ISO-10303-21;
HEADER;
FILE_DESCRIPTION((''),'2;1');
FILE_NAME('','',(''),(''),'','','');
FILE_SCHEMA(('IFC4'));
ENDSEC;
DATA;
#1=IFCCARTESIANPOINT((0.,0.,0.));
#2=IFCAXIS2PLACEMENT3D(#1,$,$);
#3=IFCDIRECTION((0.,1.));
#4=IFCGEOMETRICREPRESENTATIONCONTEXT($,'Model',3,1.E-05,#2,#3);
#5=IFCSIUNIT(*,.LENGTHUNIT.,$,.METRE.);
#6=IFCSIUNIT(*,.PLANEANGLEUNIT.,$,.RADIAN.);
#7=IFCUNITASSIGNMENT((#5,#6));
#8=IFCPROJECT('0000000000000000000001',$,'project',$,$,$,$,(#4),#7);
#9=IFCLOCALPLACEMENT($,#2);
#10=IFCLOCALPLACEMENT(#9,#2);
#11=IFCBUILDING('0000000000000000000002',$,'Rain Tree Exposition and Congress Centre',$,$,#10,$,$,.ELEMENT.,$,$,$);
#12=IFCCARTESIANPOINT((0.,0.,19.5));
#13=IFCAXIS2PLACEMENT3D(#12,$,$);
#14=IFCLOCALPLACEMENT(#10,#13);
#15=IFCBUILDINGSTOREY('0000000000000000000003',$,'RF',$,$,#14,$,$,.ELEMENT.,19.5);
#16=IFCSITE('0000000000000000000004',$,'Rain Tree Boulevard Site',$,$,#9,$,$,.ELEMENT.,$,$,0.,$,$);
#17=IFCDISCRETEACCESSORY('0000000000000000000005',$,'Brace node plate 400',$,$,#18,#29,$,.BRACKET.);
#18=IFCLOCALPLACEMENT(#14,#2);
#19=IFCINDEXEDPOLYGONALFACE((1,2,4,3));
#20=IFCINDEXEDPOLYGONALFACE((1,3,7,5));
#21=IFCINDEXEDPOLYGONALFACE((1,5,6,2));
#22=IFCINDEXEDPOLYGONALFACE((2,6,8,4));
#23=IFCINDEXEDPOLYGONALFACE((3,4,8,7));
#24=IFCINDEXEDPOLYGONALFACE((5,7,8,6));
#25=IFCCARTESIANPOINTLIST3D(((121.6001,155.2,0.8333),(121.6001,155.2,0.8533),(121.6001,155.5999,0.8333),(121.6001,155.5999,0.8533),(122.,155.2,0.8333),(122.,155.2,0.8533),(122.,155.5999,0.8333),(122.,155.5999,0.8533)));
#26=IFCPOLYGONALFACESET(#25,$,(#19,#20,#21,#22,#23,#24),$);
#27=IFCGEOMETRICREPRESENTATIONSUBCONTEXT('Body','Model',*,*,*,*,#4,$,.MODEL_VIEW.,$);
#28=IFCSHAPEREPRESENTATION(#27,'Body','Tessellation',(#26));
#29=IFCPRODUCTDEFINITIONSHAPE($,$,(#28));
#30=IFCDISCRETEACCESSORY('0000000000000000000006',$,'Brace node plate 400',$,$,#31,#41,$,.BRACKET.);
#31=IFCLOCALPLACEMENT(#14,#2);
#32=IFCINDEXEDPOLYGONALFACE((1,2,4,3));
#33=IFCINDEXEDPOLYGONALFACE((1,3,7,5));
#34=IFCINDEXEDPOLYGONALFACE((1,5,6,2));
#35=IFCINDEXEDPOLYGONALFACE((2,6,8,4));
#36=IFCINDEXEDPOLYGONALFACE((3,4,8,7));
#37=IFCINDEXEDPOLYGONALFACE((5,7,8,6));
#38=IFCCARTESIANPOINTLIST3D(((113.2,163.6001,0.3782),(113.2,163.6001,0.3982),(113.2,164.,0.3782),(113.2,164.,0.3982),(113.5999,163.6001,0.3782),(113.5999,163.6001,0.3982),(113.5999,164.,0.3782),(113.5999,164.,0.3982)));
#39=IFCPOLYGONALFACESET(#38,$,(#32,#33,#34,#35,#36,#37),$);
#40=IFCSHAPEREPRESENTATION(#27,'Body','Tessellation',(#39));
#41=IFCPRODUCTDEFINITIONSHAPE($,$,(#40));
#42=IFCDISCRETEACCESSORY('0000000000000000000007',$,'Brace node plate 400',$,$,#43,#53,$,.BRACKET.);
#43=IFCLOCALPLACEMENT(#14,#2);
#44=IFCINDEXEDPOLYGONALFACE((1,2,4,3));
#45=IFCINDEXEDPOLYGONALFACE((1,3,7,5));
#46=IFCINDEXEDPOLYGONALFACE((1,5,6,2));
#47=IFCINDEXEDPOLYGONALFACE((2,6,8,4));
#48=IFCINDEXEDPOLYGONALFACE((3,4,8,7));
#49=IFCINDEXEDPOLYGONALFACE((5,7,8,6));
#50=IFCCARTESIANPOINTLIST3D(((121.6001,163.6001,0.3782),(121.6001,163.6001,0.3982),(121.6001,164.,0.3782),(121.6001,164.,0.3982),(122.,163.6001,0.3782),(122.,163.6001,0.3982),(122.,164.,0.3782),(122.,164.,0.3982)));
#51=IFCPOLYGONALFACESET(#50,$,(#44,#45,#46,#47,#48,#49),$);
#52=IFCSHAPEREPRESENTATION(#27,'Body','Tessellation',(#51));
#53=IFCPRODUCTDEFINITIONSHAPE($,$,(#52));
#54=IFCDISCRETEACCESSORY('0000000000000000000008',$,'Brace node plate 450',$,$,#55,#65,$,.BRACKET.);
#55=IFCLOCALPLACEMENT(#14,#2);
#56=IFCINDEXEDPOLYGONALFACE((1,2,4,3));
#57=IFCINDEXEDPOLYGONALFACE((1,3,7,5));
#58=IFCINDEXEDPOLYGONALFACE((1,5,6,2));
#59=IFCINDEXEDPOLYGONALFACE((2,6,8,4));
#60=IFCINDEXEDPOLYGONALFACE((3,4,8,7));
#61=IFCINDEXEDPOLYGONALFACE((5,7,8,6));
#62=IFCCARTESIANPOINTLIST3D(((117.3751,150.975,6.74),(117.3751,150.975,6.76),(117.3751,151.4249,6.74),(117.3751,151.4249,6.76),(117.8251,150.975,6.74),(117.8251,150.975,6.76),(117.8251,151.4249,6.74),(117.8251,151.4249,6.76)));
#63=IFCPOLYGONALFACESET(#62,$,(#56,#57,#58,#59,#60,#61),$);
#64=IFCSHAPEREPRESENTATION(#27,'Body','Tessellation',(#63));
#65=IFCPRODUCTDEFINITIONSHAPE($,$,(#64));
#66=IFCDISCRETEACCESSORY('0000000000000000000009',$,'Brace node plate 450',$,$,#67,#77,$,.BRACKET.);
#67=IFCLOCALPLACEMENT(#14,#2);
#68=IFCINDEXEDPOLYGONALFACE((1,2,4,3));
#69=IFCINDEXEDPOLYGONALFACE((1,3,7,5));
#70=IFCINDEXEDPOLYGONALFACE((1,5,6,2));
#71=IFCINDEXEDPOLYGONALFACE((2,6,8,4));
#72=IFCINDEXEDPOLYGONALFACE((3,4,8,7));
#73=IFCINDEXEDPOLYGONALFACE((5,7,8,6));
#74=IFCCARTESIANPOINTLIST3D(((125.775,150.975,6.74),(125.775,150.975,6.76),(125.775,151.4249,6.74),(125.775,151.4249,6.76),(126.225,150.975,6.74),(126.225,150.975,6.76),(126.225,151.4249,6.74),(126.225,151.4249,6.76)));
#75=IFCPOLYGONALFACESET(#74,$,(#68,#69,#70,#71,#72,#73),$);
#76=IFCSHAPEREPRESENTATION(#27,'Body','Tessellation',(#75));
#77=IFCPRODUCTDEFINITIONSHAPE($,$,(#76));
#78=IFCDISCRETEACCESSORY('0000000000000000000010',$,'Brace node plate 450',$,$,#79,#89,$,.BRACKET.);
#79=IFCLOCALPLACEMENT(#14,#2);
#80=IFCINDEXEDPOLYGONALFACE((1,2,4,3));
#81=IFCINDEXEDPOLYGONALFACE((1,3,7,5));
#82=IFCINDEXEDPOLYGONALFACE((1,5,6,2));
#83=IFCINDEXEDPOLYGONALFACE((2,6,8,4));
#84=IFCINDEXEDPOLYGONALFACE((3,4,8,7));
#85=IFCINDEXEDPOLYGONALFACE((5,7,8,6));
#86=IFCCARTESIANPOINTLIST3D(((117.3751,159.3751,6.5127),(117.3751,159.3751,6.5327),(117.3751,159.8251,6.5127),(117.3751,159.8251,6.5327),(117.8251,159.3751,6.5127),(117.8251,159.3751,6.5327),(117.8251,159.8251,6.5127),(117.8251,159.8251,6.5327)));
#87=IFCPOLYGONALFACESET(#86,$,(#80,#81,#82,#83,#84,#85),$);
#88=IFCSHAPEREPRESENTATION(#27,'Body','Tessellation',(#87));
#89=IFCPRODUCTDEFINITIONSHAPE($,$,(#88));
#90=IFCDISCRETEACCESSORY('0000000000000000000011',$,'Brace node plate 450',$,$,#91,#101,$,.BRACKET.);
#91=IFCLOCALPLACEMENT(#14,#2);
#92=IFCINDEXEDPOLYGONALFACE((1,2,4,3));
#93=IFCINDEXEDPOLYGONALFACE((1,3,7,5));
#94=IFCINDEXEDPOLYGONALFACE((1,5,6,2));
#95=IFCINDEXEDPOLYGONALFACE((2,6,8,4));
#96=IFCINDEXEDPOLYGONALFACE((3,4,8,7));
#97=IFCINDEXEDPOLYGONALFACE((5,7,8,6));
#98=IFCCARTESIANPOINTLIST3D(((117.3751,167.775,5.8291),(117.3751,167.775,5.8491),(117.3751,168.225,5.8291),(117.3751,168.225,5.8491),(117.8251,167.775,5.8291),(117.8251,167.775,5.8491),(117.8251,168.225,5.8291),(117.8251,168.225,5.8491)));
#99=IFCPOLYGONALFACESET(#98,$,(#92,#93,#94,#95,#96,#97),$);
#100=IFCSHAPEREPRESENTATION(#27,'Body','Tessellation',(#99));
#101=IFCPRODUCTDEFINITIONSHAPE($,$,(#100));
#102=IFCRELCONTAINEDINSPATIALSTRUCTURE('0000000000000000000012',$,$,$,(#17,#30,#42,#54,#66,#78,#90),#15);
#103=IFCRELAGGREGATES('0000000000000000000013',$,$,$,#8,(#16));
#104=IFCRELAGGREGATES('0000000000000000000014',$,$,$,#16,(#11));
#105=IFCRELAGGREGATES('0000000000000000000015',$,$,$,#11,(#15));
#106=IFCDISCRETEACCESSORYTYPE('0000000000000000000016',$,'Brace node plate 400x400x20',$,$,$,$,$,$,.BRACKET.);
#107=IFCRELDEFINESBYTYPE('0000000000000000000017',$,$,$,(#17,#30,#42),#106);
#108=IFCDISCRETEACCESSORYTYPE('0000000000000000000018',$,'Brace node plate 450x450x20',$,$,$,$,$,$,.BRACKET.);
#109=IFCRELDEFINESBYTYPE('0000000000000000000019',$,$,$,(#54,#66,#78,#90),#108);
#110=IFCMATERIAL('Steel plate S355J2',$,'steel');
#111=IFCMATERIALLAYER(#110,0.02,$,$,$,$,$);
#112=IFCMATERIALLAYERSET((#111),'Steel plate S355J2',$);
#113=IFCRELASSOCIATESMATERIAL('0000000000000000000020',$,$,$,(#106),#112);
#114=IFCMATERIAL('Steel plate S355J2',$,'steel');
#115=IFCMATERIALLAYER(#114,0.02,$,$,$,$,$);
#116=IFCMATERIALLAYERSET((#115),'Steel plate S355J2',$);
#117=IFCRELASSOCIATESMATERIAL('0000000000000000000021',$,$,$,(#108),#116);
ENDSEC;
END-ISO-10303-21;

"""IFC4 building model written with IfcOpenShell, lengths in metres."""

from ifc_helpers import new_model, si_unit, direction, frame, origin, origin_2d, place, context, subcontext, project, spatial, rectangle, extrude, material, layer, layer_set, type_object, element, save


model = new_model("IFC4")

# Units and contexts
model_context = context("Model", 3, precision=1e-05, world=origin(), true_north=direction((0.0, 1.0)))
body_context = subcontext(model_context, "Body", "Model", "MODEL_VIEW")
ifc_project = project(units=[si_unit("LENGTHUNIT", "METRE"), si_unit("PLANEANGLEUNIT", "RADIAN")], contexts=[model_context])

# Site, building, storey
site_placement = place(None, origin())
site = spatial("IfcSite", under=ifc_project, at=site_placement, Name="Rain Tree Boulevard Site", CompositionType="ELEMENT", RefElevation=0.0)
building_placement = place(site_placement, origin())
building = spatial("IfcBuilding", under=site, at=building_placement, Name="Rain Tree Exposition and Congress Centre", CompositionType="ELEMENT")
storey_placement = place(building_placement, frame((0.0, 0.0, 19.5)))
storey = spatial("IfcBuildingStorey", under=building, at=storey_placement, Name="RF", CompositionType="ELEMENT", Elevation=19.5)

# Discrete accessories
ifc_material_1 = material(Name="Steel plate S355J2", Category="steel")
ifc_layer_1 = layer(ifc_material_1, 0.02)
ifc_layer_set_1 = layer_set([ifc_layer_1], Name="Steel plate S355J2")
discrete_accessory_type_1 = type_object("IfcDiscreteAccessoryType", Name="Brace node plate 400x400x20", PredefinedType="BRACKET", material=ifc_layer_set_1)
for number, where, z_axis, x_axis, name in (
    (1, (121.8, 155.3999, 0.8333), (0.0, 0.0, 1.0), (1.0, 0.0, 0.0), "Brace node plate 400"),
    (2, (113.3999, 163.8, 0.3782), (0.0, 0.0, 1.0), (1.0, 0.0, 0.0), "Brace node plate 400"),
    (3, (121.8, 163.8, 0.3782), (0.0, 0.0, 1.0), (1.0, 0.0, 0.0), "Brace node plate 400"),
):
    element("IfcDiscreteAccessory", number, at=place(storey_placement, frame(where, z_axis=z_axis, x_axis=x_axis)), inside=storey, type_object=discrete_accessory_type_1, Name=name, PredefinedType="BRACKET", context=body_context, shape_type="SweptSolid", body=[
        extrude(rectangle(XDim=0.3999, YDim=0.3999, at=origin_2d()), origin(), (0.0, 0.0, 1.0), 0.02),
    ])
ifc_material_2 = material(Name="Steel plate S355J2", Category="steel")
ifc_layer_2 = layer(ifc_material_2, 0.02)
ifc_layer_set_2 = layer_set([ifc_layer_2], Name="Steel plate S355J2")
discrete_accessory_type_2 = type_object("IfcDiscreteAccessoryType", Name="Brace node plate 450x450x20", PredefinedType="BRACKET", material=ifc_layer_set_2)
for number, where, z_axis, x_axis, name in (
    (4, (117.6001, 151.2, 6.74), (0.0, 0.0, 1.0), (1.0, 0.0, 0.0), "Brace node plate 450"),
    (5, (126.0, 151.2, 6.74), (0.0, 0.0, 1.0), (1.0, 0.0, 0.0), "Brace node plate 450"),
    (6, (117.6001, 159.6001, 6.5127), (0.0, 0.0, 1.0), (1.0, 0.0, 0.0), "Brace node plate 450"),
    (7, (117.6001, 168.0, 5.8291), (0.0, 0.0, 1.0), (1.0, 0.0, 0.0), "Brace node plate 450"),
):
    element("IfcDiscreteAccessory", number, at=place(storey_placement, frame(where, z_axis=z_axis, x_axis=x_axis)), inside=storey, type_object=discrete_accessory_type_2, Name=name, PredefinedType="BRACKET", context=body_context, shape_type="SweptSolid", body=[
        extrude(rectangle(XDim=0.45, YDim=0.45, at=origin_2d()), origin(), (0.0, 0.0, 1.0), 0.02),
    ])

save(model, "model.ifc")
